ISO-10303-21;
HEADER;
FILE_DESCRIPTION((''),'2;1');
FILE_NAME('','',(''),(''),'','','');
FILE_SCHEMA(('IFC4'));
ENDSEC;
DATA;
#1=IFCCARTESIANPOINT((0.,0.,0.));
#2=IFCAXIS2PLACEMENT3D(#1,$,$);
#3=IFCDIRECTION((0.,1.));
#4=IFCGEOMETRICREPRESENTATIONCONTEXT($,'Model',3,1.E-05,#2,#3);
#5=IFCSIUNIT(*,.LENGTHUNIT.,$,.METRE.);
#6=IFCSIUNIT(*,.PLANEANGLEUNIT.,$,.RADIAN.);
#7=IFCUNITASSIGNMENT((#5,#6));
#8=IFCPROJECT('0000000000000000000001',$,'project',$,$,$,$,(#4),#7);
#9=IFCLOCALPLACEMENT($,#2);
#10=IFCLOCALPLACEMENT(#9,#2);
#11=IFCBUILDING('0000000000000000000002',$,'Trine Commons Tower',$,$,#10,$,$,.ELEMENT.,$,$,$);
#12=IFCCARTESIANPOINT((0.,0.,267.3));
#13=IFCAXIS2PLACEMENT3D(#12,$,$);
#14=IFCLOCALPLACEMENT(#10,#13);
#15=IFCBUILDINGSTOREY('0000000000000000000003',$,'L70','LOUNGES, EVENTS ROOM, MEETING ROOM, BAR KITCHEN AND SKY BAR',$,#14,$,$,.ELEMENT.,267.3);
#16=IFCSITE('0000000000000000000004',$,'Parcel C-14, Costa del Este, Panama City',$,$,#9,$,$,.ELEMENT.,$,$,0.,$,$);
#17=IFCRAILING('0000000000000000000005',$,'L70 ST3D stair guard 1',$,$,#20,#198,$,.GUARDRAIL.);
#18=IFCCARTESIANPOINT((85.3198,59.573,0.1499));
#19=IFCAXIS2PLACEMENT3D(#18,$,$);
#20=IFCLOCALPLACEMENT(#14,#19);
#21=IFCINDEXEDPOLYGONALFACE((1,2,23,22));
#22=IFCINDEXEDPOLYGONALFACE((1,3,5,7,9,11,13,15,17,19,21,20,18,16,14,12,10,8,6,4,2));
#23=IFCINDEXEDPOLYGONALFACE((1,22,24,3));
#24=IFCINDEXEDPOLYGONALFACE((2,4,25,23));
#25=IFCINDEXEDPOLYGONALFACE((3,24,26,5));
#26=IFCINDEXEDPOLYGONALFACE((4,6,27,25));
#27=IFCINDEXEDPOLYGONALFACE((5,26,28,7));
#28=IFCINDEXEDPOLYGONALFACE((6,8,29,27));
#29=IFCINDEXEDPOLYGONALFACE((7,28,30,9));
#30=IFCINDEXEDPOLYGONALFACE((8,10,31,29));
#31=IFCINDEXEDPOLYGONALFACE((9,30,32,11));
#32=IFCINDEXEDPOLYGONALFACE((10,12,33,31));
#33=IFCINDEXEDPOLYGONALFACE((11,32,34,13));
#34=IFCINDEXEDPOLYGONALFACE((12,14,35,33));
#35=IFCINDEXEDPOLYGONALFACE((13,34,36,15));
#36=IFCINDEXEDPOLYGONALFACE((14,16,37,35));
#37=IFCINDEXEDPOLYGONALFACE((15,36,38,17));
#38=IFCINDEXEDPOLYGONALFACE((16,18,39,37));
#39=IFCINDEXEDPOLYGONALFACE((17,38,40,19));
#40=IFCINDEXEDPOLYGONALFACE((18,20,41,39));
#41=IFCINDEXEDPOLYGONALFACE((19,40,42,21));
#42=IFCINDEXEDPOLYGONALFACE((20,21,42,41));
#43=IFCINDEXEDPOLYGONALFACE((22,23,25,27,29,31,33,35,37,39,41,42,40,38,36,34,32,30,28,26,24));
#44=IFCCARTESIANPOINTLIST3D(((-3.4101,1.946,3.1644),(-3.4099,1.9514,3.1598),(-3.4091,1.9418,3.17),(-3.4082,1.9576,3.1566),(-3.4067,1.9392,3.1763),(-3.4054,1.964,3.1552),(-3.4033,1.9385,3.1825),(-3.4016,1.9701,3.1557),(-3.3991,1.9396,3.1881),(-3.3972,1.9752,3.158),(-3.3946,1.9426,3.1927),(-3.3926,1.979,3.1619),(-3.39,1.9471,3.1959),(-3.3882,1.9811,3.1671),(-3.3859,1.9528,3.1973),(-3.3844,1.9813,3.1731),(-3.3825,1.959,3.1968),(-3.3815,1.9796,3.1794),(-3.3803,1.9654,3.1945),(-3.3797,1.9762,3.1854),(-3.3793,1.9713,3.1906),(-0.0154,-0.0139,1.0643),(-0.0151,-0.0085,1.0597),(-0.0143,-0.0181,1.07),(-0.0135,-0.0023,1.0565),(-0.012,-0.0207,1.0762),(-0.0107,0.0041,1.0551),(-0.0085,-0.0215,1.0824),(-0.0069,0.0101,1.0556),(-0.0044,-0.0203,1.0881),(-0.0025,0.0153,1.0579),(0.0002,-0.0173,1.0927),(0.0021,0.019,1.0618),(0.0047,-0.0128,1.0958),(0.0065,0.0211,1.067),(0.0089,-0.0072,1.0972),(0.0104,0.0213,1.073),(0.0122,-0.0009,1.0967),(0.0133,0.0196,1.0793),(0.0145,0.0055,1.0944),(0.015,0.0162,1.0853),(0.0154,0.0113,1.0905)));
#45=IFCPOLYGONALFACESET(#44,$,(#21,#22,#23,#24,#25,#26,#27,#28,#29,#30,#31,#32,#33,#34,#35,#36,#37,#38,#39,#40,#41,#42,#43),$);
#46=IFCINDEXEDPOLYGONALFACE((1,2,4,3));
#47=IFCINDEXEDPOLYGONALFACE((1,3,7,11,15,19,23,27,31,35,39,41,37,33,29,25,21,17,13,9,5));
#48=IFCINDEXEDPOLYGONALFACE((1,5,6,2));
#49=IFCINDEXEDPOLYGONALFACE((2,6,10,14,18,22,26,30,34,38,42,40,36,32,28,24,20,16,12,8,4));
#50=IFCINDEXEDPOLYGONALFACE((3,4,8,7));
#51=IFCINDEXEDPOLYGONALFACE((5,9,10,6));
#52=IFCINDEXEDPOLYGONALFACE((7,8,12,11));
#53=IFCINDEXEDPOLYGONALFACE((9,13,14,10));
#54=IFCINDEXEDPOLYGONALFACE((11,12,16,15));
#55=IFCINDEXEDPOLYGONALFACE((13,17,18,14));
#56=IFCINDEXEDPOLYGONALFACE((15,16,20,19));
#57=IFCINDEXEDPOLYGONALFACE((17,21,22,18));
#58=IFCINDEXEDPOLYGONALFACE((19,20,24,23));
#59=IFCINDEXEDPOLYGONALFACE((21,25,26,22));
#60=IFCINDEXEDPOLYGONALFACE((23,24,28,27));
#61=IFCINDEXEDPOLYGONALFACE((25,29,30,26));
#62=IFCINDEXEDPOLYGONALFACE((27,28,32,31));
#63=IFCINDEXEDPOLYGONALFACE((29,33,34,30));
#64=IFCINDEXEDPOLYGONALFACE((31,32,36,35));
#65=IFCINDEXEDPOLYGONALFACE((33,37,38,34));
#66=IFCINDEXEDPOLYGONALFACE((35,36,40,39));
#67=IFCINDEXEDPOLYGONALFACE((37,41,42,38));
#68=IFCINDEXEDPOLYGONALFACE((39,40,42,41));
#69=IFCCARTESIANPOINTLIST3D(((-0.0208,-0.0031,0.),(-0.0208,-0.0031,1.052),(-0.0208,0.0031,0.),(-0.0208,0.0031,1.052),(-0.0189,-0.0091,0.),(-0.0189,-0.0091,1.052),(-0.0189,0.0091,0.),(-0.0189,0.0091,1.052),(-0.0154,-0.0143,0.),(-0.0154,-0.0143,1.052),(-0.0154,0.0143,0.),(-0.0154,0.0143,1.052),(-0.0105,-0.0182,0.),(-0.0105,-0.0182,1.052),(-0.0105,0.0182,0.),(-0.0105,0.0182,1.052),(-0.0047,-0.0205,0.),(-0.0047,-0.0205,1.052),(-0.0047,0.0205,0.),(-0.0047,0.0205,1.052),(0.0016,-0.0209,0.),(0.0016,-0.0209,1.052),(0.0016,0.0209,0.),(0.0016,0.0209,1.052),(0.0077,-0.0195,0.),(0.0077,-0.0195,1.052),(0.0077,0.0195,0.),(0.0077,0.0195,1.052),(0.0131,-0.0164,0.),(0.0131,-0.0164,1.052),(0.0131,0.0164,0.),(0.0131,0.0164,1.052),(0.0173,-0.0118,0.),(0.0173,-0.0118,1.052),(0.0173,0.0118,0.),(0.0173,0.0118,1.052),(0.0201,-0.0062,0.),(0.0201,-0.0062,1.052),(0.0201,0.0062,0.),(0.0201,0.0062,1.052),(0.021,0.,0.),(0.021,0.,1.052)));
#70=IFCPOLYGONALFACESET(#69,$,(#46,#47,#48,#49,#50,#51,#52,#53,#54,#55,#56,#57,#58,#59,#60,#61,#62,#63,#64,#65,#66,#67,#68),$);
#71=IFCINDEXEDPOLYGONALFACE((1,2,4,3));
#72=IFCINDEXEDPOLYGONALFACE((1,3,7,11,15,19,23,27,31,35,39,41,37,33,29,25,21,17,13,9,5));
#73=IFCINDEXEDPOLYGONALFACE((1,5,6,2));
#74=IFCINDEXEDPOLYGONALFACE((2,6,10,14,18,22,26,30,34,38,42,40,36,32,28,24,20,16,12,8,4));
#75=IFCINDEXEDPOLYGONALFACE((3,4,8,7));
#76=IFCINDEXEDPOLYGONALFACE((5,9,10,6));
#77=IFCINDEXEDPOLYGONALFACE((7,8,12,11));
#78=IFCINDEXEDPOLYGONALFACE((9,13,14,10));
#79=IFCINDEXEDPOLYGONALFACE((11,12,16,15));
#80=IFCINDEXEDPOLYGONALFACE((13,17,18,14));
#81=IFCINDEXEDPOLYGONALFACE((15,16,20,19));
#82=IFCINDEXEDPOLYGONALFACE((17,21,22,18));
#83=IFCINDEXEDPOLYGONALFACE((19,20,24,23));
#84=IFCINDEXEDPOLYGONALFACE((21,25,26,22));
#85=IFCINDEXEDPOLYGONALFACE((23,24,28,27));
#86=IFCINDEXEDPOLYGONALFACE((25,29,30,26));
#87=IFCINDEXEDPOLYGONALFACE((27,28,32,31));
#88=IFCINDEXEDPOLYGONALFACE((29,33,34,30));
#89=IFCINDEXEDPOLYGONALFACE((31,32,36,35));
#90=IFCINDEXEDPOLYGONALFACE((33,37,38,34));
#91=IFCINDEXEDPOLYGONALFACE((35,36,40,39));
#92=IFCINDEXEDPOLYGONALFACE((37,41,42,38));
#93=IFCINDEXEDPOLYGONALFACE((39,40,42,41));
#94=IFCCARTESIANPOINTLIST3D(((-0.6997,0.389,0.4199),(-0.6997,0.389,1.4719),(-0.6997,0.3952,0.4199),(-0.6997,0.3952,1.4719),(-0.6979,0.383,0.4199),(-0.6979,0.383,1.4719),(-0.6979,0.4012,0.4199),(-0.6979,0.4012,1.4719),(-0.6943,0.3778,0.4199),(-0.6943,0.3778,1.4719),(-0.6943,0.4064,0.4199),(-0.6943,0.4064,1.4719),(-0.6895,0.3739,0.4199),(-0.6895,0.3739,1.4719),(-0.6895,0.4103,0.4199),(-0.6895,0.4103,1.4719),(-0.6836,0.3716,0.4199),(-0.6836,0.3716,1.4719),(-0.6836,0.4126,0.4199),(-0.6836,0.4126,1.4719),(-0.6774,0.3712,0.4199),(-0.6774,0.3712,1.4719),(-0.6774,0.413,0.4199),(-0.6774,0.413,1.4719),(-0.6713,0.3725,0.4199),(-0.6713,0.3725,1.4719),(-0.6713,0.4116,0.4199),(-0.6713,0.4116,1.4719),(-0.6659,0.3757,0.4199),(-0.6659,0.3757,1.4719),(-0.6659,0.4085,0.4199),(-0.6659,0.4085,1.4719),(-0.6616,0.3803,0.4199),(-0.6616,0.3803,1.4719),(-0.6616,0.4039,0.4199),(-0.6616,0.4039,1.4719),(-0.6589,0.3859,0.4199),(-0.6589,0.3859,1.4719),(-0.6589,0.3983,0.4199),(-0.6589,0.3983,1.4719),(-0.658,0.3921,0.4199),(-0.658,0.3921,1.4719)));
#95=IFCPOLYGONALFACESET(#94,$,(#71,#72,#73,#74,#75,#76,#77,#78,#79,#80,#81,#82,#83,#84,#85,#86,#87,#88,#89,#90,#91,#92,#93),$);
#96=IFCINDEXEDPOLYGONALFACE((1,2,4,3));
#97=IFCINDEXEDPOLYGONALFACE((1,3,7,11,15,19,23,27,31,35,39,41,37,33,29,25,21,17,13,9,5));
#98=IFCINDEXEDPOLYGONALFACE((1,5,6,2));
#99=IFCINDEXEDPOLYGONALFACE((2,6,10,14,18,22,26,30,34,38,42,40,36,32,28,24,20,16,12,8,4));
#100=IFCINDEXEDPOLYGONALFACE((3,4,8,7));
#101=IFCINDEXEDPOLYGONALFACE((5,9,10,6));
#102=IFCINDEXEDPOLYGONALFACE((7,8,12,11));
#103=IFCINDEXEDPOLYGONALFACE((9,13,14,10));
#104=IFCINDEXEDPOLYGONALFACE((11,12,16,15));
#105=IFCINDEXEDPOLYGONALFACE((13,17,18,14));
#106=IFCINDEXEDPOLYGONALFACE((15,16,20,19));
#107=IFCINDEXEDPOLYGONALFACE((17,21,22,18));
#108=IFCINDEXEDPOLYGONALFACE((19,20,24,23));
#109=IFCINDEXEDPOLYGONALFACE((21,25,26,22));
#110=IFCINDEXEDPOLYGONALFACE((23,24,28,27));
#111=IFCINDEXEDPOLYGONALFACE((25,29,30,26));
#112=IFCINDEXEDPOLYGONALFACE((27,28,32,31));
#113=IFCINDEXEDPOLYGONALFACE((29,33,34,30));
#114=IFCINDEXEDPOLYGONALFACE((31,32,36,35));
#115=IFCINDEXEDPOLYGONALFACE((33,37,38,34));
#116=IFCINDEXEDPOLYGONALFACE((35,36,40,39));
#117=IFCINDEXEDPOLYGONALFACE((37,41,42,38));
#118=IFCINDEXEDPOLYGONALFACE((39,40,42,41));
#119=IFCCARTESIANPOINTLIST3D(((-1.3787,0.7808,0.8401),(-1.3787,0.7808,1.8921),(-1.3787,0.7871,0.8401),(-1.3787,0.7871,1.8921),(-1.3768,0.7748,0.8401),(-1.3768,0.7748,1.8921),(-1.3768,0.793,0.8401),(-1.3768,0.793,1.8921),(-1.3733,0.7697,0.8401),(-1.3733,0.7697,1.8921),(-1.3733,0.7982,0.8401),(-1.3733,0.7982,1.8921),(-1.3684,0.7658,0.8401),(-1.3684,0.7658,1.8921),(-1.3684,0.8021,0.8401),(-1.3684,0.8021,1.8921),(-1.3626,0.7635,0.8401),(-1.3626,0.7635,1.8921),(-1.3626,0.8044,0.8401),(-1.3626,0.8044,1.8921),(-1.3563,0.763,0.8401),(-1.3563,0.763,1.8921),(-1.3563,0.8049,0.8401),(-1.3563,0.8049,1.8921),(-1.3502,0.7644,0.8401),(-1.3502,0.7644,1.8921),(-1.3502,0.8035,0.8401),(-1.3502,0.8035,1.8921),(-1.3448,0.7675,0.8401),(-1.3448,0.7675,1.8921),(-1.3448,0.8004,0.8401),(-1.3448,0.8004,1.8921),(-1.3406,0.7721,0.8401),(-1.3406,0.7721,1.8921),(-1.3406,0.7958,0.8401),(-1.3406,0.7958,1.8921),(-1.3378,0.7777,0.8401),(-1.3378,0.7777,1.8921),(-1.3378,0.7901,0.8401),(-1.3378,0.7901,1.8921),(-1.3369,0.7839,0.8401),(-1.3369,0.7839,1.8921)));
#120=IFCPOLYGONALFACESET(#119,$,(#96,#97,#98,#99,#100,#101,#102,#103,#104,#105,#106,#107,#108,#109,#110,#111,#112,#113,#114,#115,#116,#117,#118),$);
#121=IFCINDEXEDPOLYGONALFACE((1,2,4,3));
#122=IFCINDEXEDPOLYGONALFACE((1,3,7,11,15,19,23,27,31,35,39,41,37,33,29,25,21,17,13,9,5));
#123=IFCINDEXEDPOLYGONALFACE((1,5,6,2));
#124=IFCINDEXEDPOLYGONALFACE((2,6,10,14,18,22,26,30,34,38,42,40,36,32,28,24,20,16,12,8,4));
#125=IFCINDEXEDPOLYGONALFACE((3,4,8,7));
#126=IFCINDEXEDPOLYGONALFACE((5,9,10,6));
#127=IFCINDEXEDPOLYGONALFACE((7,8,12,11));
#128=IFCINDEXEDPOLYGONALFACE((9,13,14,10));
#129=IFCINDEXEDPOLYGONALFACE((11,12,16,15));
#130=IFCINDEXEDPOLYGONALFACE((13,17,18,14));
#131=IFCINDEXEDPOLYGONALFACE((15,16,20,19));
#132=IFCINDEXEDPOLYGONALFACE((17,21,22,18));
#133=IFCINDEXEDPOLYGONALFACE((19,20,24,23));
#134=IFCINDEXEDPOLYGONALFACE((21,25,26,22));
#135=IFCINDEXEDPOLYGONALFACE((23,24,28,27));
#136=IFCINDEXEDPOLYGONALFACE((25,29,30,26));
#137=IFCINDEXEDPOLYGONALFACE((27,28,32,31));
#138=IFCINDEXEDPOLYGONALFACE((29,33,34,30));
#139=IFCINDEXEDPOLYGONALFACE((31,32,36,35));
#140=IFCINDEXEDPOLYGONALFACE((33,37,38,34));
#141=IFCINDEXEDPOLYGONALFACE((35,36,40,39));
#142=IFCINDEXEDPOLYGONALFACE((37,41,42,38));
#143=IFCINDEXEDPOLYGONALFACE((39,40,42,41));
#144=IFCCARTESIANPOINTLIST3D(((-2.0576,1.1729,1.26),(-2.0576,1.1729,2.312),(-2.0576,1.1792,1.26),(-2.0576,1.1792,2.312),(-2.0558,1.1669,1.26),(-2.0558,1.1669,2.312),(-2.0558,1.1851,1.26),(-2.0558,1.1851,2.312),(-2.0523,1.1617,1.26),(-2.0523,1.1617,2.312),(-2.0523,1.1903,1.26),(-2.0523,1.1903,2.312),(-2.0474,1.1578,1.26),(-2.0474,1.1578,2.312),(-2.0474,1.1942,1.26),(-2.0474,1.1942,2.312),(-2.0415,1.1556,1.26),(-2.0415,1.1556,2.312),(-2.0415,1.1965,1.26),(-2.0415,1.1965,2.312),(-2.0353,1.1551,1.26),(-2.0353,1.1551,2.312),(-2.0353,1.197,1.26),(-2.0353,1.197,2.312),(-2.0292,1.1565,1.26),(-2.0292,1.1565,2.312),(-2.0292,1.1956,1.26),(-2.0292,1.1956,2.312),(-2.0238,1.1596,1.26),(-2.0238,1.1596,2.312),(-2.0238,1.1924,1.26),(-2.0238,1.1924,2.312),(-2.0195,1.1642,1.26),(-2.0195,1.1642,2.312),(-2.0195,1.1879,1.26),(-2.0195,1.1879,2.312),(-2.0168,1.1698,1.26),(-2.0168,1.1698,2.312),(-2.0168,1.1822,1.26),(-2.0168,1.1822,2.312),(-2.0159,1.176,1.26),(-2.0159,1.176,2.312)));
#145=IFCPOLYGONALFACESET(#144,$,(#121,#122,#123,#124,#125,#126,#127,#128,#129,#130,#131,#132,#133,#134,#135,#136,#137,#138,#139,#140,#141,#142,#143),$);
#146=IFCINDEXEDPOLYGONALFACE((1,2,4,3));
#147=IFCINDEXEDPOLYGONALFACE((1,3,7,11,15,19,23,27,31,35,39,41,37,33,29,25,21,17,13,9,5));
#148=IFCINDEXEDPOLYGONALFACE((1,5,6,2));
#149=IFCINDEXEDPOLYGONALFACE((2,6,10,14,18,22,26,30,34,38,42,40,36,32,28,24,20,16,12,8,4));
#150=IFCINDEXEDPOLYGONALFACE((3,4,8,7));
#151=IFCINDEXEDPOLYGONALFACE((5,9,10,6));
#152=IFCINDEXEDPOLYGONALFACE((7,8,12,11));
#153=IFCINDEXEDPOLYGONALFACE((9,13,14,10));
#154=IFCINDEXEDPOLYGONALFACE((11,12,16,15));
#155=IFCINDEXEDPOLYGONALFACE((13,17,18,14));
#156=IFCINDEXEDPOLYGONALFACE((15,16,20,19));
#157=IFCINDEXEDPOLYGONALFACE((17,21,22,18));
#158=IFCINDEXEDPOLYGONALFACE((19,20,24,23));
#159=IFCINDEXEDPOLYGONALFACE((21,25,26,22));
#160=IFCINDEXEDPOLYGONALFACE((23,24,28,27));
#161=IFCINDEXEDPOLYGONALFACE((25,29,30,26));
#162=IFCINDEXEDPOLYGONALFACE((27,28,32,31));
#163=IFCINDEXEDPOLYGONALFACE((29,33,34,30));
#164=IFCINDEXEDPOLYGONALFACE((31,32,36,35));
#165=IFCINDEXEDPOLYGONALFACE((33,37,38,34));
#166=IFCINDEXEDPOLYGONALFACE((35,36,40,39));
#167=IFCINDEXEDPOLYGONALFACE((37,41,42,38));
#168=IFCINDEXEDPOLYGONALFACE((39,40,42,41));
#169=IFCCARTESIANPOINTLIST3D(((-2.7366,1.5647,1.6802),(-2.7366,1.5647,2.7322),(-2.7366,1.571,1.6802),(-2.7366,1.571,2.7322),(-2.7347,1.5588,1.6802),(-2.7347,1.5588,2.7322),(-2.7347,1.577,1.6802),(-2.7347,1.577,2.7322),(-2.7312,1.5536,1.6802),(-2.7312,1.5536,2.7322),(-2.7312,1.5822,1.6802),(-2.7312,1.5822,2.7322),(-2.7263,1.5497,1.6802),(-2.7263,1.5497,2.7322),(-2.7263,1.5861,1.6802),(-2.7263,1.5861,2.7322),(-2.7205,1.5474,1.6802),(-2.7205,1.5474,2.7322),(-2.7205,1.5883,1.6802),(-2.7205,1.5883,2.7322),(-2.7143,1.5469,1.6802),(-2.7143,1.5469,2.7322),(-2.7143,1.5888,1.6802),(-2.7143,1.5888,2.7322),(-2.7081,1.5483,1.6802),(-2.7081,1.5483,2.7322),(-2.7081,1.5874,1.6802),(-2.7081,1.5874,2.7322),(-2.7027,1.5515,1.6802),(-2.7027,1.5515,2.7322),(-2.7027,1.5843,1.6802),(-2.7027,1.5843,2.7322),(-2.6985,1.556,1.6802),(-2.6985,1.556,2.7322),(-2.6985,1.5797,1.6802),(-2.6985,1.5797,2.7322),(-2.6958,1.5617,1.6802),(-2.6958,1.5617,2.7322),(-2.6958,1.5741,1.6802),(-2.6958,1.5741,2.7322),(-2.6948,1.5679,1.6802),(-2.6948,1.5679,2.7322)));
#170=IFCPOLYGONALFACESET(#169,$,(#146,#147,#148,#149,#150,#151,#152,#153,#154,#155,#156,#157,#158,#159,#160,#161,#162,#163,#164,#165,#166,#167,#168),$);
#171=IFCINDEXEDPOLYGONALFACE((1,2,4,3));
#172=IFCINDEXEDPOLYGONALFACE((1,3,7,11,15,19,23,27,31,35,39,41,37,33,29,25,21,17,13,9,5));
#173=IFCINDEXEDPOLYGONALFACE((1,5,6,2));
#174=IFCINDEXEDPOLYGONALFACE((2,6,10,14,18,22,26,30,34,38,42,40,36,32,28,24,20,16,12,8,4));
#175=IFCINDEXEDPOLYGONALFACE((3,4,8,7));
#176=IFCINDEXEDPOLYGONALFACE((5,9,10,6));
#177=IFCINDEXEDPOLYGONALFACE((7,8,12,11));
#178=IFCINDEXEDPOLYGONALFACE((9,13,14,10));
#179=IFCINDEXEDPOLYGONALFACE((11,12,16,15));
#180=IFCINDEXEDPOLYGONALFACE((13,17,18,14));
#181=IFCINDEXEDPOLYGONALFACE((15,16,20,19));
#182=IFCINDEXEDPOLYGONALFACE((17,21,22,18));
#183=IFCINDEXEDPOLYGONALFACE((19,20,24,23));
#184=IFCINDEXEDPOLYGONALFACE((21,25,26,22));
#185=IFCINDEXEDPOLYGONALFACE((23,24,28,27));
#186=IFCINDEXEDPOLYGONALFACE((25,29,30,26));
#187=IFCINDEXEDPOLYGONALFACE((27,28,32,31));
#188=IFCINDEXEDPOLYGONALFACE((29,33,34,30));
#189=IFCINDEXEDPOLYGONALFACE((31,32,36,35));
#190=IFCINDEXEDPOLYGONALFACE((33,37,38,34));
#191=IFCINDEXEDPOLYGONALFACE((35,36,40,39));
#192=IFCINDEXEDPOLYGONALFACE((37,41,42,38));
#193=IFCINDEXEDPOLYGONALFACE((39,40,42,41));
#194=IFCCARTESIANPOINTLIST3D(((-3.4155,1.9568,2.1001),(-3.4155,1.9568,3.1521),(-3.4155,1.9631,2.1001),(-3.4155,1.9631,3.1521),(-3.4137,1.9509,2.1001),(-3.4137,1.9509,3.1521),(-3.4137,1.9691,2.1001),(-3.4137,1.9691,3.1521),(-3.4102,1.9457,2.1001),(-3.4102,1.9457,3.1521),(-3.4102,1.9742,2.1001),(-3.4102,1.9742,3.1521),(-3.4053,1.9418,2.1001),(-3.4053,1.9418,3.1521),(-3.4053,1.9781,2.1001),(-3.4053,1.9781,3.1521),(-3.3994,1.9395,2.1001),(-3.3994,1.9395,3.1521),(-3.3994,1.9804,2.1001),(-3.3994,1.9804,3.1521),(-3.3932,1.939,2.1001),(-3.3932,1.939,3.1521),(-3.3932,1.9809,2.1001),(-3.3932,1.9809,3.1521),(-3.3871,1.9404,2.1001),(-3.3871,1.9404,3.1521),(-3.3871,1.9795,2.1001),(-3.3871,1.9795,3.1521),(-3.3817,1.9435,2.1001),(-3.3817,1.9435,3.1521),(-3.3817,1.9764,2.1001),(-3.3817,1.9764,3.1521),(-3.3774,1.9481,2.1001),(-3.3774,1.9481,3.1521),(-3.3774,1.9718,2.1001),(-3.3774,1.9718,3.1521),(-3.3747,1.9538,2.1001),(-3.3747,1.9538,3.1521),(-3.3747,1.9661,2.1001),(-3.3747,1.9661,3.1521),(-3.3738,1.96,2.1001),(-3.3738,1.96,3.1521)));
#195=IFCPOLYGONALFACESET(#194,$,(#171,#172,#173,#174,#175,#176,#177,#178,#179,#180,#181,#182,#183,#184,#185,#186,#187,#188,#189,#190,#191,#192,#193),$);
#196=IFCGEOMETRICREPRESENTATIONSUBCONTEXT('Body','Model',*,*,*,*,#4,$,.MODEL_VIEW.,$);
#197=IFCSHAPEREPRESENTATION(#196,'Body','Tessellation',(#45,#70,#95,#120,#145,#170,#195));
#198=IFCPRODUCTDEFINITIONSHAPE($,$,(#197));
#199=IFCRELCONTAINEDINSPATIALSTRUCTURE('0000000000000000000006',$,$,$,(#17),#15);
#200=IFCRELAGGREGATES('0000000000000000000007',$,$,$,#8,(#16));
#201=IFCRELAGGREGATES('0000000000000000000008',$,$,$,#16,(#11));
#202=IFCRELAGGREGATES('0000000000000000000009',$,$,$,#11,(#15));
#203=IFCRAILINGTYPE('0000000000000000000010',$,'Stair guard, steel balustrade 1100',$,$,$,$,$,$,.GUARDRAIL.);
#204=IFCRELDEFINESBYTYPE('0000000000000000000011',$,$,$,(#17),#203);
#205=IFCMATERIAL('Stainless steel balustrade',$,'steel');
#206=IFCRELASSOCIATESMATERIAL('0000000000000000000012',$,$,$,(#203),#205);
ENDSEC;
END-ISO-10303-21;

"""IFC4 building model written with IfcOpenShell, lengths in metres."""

from ifc_helpers import new_model, si_unit, direction, frame, origin, origin_2d, place, context, subcontext, project, spatial, circle, extrude, material, type_object, element, save


model = new_model("IFC4")

# Units and contexts
model_context = context("Model", 3, precision=1e-05, world=origin(), true_north=direction((0.0, 1.0)))
body_context = subcontext(model_context, "Body", "Model", "MODEL_VIEW")
ifc_project = project(units=[si_unit("LENGTHUNIT", "METRE"), si_unit("PLANEANGLEUNIT", "RADIAN")], contexts=[model_context])

# Site, building, storey
site_placement = place(None, origin())
site = spatial("IfcSite", under=ifc_project, at=site_placement, Name="Parcel C-14, Costa del Este, Panama City", CompositionType="ELEMENT", RefElevation=0.0)
building_placement = place(site_placement, origin())
building = spatial("IfcBuilding", under=site, at=building_placement, Name="Trine Commons Tower", CompositionType="ELEMENT")
storey_placement = place(building_placement, frame((0.0, 0.0, 267.3)))
storey = spatial("IfcBuildingStorey", under=building, at=storey_placement, Name="L70", Description="LOUNGES, EVENTS ROOM, MEETING ROOM, BAR KITCHEN AND SKY BAR", CompositionType="ELEMENT", Elevation=267.3)

# Railing
ifc_material_1 = material(Name="Stainless steel balustrade", Category="steel")
railing_type_1 = type_object("IfcRailingType", Name="Stair guard, steel balustrade 1100", PredefinedType="GUARDRAIL", material=ifc_material_1)
railing_1_placement = place(storey_placement, frame((85.3198, 59.573, 0.1499)))
element("IfcRailing", 1, at=railing_1_placement, inside=storey, type_object=railing_type_1, Name="L70 ST3D stair guard 1", PredefinedType="GUARDRAIL", context=body_context, shape_type="SweptSolid", body=[
    extrude(circle(Radius=0.0239, at=origin_2d()), frame((0.0, 0.0, 1.0762), z_axis=(-0.763375, 0.440732, 0.472244), x_axis=(-0.499997, -0.866027, 0.0)), (0.0, 0.0, 1.0), 4.447),
    extrude(circle(Radius=0.021, at=origin_2d()), origin(), (0.0, 0.0, 1.0), 1.052),
    extrude(circle(Radius=0.021, at=origin_2d()), frame((-0.679, 0.3921, 0.4199)), (0.0, 0.0, 1.0), 1.052),
    extrude(circle(Radius=0.021, at=origin_2d()), frame((-1.3579, 0.7839, 0.8401)), (0.0, 0.0, 1.0), 1.052),
    extrude(circle(Radius=0.021, at=origin_2d()), frame((-2.0369, 1.176, 1.26)), (0.0, 0.0, 1.0), 1.052),
    extrude(circle(Radius=0.021, at=origin_2d()), frame((-2.7158, 1.5679, 1.6802)), (0.0, 0.0, 1.0), 1.052),
    extrude(circle(Radius=0.021, at=origin_2d()), frame((-3.3948, 1.96, 2.1001)), (0.0, 0.0, 1.0), 1.052),
])

save(model, "model.ifc")
